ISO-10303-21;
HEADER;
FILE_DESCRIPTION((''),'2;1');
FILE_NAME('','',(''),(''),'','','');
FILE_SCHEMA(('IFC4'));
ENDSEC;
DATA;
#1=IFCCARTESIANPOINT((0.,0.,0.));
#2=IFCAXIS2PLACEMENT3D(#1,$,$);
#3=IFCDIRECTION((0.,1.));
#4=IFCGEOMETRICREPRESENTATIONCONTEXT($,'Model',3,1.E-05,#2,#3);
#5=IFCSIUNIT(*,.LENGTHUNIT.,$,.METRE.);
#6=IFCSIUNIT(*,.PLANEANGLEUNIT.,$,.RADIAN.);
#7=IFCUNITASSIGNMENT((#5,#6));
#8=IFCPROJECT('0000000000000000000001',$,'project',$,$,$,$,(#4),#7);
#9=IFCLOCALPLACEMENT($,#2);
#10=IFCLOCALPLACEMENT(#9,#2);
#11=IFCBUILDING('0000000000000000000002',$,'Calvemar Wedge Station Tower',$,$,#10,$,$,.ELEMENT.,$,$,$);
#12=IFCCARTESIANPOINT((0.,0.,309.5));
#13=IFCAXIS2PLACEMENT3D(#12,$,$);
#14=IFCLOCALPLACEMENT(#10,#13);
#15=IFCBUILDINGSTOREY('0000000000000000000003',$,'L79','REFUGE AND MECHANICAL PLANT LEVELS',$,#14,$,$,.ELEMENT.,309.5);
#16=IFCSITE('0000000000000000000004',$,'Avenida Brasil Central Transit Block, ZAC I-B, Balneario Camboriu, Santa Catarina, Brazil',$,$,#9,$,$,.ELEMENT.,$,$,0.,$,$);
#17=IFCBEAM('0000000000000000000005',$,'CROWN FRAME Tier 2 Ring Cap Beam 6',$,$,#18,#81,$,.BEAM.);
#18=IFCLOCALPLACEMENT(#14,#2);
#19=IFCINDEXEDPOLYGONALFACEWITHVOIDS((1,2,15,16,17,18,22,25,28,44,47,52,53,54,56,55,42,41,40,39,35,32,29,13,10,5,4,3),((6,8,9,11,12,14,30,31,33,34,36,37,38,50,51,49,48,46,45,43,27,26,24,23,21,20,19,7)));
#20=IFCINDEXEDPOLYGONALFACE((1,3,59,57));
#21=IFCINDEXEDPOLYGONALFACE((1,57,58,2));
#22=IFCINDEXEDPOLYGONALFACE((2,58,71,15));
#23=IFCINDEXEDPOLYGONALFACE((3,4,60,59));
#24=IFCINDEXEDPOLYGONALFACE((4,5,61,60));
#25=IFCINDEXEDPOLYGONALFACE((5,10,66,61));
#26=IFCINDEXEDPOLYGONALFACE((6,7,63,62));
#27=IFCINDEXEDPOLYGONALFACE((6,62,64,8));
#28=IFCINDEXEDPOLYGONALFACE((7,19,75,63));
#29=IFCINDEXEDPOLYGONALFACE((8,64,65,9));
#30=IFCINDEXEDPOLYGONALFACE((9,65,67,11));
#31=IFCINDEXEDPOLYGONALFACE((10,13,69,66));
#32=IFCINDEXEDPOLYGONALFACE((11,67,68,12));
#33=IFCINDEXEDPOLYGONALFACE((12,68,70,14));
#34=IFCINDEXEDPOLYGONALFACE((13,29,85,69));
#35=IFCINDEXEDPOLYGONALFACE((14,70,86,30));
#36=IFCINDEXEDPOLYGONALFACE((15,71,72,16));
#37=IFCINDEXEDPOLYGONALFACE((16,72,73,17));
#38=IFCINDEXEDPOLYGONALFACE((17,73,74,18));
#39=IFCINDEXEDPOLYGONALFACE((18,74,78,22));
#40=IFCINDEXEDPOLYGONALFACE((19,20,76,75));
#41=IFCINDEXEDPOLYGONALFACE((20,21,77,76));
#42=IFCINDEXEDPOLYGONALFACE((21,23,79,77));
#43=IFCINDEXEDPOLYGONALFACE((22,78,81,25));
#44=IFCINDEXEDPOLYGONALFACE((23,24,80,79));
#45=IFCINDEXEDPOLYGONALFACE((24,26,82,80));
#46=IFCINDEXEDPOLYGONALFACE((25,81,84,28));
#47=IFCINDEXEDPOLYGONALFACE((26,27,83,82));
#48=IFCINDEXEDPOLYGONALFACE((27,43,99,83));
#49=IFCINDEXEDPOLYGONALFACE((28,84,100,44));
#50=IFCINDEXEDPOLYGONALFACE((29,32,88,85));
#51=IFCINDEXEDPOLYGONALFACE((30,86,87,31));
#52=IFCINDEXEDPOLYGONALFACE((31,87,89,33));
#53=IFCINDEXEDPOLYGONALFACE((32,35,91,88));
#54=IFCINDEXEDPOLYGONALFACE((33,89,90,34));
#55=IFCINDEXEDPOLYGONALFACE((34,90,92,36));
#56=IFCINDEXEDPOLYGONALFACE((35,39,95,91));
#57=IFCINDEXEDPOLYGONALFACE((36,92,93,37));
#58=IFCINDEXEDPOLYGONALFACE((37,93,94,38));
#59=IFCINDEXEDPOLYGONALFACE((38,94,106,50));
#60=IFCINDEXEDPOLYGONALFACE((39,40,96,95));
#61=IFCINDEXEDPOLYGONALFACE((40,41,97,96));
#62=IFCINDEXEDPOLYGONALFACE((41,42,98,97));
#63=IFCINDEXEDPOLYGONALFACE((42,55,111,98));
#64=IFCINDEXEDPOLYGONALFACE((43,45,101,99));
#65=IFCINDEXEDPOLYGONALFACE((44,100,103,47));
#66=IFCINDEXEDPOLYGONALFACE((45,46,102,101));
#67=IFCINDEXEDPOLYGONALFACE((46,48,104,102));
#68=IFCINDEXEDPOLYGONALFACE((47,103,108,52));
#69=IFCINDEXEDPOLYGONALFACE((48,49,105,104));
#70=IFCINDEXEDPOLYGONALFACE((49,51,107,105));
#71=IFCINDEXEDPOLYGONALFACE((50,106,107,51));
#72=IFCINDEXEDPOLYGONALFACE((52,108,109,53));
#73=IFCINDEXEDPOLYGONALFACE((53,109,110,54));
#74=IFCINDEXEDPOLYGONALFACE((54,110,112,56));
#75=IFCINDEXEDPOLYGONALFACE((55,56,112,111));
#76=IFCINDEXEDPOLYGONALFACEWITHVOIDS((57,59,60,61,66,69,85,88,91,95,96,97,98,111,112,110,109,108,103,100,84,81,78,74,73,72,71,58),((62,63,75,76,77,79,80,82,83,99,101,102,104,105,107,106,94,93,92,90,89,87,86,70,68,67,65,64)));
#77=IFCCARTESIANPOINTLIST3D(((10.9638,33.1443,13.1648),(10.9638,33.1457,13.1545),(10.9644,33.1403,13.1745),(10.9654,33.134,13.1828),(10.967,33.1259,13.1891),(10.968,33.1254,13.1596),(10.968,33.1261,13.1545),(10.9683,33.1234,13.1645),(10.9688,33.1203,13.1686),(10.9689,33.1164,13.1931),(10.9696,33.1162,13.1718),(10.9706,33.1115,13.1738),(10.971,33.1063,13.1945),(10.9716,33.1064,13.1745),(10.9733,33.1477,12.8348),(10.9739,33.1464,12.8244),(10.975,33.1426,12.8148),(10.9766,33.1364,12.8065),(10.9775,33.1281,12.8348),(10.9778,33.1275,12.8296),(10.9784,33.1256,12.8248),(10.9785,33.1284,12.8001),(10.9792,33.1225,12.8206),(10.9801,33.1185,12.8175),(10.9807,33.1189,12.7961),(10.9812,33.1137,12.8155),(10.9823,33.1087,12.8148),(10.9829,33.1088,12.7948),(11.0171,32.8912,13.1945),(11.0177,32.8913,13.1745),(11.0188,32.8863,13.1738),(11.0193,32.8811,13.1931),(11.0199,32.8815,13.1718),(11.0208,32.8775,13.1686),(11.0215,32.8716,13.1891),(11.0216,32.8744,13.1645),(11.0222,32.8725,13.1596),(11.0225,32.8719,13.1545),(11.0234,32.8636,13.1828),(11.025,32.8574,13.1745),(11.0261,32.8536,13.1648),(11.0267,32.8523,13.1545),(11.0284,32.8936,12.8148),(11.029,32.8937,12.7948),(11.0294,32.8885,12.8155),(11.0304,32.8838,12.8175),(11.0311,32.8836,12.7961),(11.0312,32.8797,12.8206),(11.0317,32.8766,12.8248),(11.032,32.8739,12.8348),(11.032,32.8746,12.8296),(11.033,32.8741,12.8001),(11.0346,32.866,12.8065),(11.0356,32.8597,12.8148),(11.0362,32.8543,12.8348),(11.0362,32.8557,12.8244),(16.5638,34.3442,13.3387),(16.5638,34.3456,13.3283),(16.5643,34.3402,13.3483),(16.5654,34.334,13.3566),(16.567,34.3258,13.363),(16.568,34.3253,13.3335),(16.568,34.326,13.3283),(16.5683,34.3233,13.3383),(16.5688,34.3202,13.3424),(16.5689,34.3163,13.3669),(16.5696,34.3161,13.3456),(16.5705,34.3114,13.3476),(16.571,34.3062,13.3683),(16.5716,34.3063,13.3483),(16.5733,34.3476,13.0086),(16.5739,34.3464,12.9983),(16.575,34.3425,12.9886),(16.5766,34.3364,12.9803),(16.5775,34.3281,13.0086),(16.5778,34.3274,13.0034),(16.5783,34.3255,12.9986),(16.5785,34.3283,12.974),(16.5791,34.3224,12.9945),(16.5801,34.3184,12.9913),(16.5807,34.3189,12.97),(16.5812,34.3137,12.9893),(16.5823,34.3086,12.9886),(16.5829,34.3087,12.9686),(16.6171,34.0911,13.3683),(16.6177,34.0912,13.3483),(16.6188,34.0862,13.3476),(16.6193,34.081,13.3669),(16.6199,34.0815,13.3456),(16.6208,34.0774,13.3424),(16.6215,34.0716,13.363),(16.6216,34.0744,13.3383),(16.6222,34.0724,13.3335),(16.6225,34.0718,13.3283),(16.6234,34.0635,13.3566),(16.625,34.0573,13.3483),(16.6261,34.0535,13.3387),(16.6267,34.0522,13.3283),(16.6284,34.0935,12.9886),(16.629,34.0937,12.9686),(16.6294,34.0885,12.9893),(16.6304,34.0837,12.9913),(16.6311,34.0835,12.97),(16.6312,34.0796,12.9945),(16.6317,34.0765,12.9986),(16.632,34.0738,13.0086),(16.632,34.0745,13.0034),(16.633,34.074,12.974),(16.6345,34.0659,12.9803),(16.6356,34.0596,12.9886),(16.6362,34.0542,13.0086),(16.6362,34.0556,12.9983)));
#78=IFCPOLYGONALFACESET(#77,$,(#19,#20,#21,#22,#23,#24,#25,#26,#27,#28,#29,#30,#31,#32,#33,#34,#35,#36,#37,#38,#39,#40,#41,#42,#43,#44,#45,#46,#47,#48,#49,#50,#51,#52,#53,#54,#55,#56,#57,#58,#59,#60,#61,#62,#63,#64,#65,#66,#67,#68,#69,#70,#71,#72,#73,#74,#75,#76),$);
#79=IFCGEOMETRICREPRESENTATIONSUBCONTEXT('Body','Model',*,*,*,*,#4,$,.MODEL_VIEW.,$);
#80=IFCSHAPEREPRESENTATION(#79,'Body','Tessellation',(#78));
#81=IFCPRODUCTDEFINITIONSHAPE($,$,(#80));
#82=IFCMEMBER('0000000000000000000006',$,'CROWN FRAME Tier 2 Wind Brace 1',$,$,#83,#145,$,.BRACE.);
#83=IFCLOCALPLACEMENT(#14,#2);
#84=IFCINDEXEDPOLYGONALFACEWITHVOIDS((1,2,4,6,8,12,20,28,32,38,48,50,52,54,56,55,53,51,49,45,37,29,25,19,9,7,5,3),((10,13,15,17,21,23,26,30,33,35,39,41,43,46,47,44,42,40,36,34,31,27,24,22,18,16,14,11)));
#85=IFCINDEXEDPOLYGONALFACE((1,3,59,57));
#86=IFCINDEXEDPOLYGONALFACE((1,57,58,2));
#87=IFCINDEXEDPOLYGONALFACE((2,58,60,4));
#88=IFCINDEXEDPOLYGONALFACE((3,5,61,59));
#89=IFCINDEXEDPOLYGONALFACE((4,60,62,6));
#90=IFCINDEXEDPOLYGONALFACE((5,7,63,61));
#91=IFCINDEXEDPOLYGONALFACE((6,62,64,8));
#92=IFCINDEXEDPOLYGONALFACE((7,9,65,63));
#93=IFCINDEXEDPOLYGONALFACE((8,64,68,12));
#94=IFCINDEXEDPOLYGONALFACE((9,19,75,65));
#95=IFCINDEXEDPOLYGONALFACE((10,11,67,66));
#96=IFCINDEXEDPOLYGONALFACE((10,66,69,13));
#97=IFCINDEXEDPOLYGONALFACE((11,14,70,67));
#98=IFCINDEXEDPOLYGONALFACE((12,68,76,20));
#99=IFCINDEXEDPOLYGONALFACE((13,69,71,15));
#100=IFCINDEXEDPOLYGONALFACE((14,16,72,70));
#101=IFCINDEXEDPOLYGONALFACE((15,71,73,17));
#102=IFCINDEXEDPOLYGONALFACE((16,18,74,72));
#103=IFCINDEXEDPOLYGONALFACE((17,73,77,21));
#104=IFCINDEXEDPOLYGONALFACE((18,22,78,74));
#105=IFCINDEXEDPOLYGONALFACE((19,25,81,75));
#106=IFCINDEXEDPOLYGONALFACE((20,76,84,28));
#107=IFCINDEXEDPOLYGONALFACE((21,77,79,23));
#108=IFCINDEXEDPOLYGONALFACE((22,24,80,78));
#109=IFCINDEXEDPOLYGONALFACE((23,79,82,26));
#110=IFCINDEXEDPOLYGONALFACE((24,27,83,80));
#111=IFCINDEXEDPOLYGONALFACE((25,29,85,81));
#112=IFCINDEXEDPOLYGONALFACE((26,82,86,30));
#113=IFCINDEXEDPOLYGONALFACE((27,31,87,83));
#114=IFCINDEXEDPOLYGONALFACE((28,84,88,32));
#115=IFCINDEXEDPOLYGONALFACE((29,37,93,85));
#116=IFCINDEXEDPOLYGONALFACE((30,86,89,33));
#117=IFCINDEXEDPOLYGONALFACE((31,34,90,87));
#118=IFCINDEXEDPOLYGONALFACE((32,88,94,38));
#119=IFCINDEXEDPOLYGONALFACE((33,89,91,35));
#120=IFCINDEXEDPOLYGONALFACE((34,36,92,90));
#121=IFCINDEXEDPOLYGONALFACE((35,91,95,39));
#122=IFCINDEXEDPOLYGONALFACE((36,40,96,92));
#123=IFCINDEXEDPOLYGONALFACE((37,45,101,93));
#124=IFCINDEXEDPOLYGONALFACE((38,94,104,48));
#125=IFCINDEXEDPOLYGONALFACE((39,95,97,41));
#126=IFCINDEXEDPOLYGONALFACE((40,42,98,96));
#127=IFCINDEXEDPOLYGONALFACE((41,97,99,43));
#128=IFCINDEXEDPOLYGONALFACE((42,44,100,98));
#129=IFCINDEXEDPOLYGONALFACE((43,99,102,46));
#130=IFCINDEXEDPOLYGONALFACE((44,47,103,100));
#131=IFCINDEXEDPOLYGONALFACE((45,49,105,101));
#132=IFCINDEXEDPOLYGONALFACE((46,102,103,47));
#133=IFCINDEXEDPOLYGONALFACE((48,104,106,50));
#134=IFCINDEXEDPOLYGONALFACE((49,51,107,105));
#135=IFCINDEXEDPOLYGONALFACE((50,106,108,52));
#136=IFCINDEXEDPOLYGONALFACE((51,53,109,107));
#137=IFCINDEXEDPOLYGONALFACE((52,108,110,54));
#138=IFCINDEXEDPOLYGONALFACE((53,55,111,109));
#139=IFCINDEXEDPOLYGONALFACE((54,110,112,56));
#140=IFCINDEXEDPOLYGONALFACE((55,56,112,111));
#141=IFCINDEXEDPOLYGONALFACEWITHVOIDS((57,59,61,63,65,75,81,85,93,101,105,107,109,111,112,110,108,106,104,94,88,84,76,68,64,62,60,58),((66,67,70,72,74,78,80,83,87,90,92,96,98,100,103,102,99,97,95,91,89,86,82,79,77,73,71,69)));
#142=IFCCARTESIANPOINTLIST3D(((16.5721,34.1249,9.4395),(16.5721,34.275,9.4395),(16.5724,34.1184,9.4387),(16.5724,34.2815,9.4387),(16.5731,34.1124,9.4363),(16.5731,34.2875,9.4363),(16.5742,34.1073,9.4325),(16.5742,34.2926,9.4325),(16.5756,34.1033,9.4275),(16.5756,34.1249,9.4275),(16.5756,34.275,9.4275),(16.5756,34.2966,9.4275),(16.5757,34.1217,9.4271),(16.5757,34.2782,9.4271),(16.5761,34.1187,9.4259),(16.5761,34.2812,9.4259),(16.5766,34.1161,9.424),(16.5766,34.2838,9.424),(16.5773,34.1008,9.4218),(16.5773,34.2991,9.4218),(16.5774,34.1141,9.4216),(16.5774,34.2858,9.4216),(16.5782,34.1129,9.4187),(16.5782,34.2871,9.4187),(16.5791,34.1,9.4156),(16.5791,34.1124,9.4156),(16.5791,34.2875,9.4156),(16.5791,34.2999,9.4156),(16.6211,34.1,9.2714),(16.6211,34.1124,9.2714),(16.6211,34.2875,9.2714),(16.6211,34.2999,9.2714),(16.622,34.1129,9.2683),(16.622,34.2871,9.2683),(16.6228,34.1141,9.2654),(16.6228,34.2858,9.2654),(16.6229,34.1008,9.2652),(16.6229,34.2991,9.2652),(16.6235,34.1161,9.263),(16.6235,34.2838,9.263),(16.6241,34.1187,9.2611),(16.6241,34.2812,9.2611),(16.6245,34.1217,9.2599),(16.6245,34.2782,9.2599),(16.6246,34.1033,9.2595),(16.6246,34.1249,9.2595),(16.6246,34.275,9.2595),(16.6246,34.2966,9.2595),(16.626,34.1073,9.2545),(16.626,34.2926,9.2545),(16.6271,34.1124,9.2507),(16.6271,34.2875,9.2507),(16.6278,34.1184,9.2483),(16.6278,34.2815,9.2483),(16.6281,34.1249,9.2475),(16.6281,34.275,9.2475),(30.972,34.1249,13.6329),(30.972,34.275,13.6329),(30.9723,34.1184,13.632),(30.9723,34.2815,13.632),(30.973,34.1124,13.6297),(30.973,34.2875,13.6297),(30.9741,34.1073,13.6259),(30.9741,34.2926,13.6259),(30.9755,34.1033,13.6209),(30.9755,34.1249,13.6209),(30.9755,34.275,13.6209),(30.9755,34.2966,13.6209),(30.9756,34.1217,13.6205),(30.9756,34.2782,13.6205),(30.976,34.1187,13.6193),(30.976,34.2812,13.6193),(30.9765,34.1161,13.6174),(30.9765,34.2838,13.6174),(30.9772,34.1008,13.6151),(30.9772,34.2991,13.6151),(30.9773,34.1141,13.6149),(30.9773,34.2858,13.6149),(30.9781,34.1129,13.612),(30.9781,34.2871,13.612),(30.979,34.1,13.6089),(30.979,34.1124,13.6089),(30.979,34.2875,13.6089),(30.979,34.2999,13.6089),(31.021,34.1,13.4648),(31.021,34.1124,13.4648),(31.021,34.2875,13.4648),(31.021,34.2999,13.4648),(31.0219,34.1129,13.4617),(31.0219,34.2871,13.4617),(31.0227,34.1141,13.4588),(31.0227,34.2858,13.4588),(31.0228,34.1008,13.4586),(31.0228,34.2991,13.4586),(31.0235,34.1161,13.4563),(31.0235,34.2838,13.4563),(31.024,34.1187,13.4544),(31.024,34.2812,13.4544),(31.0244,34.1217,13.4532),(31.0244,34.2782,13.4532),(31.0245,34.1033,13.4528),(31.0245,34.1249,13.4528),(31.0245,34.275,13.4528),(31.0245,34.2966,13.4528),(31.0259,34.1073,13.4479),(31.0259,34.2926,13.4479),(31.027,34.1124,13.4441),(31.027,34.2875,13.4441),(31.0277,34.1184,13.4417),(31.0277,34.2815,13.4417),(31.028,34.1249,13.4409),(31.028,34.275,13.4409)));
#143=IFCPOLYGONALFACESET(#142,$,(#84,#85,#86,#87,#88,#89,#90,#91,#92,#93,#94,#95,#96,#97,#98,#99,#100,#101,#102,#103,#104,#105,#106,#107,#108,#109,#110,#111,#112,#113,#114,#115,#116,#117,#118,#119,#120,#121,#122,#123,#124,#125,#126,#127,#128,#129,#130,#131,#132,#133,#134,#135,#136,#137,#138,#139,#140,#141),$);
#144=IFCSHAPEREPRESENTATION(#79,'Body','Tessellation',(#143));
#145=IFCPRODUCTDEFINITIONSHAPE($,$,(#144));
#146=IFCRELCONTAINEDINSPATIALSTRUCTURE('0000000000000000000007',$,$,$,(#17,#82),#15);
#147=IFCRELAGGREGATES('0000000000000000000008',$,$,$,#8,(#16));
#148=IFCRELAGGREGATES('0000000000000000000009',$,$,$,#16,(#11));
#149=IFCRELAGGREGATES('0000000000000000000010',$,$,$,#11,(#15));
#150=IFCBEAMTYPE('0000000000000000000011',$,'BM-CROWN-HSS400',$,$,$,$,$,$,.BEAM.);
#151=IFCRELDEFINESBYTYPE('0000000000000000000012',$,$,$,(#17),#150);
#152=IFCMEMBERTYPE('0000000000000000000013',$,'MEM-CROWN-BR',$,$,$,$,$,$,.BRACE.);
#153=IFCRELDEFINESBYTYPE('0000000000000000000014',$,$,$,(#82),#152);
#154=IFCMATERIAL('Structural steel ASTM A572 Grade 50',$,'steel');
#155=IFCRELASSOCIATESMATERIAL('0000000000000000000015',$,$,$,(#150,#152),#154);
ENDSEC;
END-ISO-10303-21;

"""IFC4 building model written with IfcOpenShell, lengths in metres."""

from ifc_helpers import new_model, si_unit, direction, frame, origin, origin_2d, place, context, subcontext, project, spatial, hollow_rectangle, extrude, source, transform, mapped, material, material_profile, profile_set, type_object, element, save


model = new_model("IFC4")

# Units and contexts
model_context = context("Model", 3, precision=1e-05, world=origin(), true_north=direction((0.0, 1.0)))
body_context = subcontext(model_context, "Body", "Model", "MODEL_VIEW")
ifc_project = project(units=[si_unit("LENGTHUNIT", "METRE"), si_unit("PLANEANGLEUNIT", "RADIAN")], contexts=[model_context])

# Site, building, storey
site_placement = place(None, origin())
site = spatial("IfcSite", under=ifc_project, at=site_placement, Name="Avenida Brasil Central Transit Block, ZAC I-B, Balneario Camboriu, Santa Catarina, Brazil", CompositionType="ELEMENT", RefElevation=0.0)
building_placement = place(site_placement, origin())
building = spatial("IfcBuilding", under=site, at=building_placement, Name="Calvemar Wedge Station Tower", CompositionType="ELEMENT")
storey_placement = place(building_placement, frame((0.0, 0.0, 309.5)))
storey = spatial("IfcBuildingStorey", under=building, at=storey_placement, Name="L79", Description="REFUGE AND MECHANICAL PLANT LEVELS", CompositionType="ELEMENT", Elevation=309.5)

# Shared definitions
ifc_material_1 = material(Name="Structural steel ASTM A572 Grade 50", Category="steel")

# Shared definitions
ifc_material_profile_1 = material_profile(ifc_material_1, hollow_rectangle(XDim=0.3, YDim=0.3999, WallThickness=0.02, InnerFilletRadius=0.02, OuterFilletRadius=0.04, at=origin_2d()), Name="HSS400x300x20")
ifc_profile_set_1 = profile_set([ifc_material_profile_1], Name="Structural steel ASTM A572 Grade 50")
beam_type_1 = type_object("IfcBeamType", Name="BM-CROWN-HSS400", PredefinedType="BEAM", material=ifc_profile_set_1)

# Shared definitions
ifc_material_profile_2 = material_profile(ifc_material_1, hollow_rectangle(XDim=0.2, YDim=0.2, WallThickness=0.0125, InnerFilletRadius=0.0125, OuterFilletRadius=0.0249, at=origin_2d()), Name="HSS200x200x12.5")
ifc_profile_set_2 = profile_set([ifc_material_profile_2], Name="Structural steel ASTM A572 Grade 50")
member_type_1 = type_object("IfcMemberType", Name="MEM-CROWN-BR", PredefinedType="BRACE", material=ifc_profile_set_2)

# Beam
shared_shape_1 = source(origin(), body_context, "Body", "SweptSolid", [
    extrude(hollow_rectangle(XDim=0.3, YDim=0.3999, WallThickness=0.02, InnerFilletRadius=0.02, OuterFilletRadius=0.04, at=origin_2d()), origin(), (0.0, 0.0, 1.0), 5.7297),
])
for number, where, z_axis, x_axis, name in (
    (1, (11.0, 33.0, 12.9946), (0.977355, 0.209421, 0.030337), (-0.209517, 0.977805, 0.0), "CROWN FRAME Tier 2 Ring Cap Beam 6"),
):
    element("IfcBeam", number, at=place(storey_placement, frame(where, z_axis=z_axis, x_axis=x_axis)), inside=storey, type_object=beam_type_1, Name=name, PredefinedType="BEAM", context=body_context, shape_type="MappedRepresentation", body=[
        mapped(shared_shape_1, transform((0.0, 0.0, 0.0), scale=1.0)),
    ])

# Member
shared_shape_2 = source(origin(), body_context, "Body", "SweptSolid", [
    extrude(hollow_rectangle(XDim=0.2, YDim=0.2, WallThickness=0.0125, InnerFilletRadius=0.0125, OuterFilletRadius=0.0249, at=origin_2d()), origin(), (0.0, 0.0, 1.0), 14.998),
])
member_1_placement = place(storey_placement, frame((16.6001, 34.2, 9.3435), z_axis=(0.960118, 0.0, 0.279594), x_axis=(0.0, 1.0, 0.0)))
element("IfcMember", 2, at=member_1_placement, inside=storey, type_object=member_type_1, Name="CROWN FRAME Tier 2 Wind Brace 1", PredefinedType="BRACE", context=body_context, shape_type="MappedRepresentation", body=[
    mapped(shared_shape_2, transform((0.0, 0.0, 0.0), scale=1.0)),
])

save(model, "model.ifc")
